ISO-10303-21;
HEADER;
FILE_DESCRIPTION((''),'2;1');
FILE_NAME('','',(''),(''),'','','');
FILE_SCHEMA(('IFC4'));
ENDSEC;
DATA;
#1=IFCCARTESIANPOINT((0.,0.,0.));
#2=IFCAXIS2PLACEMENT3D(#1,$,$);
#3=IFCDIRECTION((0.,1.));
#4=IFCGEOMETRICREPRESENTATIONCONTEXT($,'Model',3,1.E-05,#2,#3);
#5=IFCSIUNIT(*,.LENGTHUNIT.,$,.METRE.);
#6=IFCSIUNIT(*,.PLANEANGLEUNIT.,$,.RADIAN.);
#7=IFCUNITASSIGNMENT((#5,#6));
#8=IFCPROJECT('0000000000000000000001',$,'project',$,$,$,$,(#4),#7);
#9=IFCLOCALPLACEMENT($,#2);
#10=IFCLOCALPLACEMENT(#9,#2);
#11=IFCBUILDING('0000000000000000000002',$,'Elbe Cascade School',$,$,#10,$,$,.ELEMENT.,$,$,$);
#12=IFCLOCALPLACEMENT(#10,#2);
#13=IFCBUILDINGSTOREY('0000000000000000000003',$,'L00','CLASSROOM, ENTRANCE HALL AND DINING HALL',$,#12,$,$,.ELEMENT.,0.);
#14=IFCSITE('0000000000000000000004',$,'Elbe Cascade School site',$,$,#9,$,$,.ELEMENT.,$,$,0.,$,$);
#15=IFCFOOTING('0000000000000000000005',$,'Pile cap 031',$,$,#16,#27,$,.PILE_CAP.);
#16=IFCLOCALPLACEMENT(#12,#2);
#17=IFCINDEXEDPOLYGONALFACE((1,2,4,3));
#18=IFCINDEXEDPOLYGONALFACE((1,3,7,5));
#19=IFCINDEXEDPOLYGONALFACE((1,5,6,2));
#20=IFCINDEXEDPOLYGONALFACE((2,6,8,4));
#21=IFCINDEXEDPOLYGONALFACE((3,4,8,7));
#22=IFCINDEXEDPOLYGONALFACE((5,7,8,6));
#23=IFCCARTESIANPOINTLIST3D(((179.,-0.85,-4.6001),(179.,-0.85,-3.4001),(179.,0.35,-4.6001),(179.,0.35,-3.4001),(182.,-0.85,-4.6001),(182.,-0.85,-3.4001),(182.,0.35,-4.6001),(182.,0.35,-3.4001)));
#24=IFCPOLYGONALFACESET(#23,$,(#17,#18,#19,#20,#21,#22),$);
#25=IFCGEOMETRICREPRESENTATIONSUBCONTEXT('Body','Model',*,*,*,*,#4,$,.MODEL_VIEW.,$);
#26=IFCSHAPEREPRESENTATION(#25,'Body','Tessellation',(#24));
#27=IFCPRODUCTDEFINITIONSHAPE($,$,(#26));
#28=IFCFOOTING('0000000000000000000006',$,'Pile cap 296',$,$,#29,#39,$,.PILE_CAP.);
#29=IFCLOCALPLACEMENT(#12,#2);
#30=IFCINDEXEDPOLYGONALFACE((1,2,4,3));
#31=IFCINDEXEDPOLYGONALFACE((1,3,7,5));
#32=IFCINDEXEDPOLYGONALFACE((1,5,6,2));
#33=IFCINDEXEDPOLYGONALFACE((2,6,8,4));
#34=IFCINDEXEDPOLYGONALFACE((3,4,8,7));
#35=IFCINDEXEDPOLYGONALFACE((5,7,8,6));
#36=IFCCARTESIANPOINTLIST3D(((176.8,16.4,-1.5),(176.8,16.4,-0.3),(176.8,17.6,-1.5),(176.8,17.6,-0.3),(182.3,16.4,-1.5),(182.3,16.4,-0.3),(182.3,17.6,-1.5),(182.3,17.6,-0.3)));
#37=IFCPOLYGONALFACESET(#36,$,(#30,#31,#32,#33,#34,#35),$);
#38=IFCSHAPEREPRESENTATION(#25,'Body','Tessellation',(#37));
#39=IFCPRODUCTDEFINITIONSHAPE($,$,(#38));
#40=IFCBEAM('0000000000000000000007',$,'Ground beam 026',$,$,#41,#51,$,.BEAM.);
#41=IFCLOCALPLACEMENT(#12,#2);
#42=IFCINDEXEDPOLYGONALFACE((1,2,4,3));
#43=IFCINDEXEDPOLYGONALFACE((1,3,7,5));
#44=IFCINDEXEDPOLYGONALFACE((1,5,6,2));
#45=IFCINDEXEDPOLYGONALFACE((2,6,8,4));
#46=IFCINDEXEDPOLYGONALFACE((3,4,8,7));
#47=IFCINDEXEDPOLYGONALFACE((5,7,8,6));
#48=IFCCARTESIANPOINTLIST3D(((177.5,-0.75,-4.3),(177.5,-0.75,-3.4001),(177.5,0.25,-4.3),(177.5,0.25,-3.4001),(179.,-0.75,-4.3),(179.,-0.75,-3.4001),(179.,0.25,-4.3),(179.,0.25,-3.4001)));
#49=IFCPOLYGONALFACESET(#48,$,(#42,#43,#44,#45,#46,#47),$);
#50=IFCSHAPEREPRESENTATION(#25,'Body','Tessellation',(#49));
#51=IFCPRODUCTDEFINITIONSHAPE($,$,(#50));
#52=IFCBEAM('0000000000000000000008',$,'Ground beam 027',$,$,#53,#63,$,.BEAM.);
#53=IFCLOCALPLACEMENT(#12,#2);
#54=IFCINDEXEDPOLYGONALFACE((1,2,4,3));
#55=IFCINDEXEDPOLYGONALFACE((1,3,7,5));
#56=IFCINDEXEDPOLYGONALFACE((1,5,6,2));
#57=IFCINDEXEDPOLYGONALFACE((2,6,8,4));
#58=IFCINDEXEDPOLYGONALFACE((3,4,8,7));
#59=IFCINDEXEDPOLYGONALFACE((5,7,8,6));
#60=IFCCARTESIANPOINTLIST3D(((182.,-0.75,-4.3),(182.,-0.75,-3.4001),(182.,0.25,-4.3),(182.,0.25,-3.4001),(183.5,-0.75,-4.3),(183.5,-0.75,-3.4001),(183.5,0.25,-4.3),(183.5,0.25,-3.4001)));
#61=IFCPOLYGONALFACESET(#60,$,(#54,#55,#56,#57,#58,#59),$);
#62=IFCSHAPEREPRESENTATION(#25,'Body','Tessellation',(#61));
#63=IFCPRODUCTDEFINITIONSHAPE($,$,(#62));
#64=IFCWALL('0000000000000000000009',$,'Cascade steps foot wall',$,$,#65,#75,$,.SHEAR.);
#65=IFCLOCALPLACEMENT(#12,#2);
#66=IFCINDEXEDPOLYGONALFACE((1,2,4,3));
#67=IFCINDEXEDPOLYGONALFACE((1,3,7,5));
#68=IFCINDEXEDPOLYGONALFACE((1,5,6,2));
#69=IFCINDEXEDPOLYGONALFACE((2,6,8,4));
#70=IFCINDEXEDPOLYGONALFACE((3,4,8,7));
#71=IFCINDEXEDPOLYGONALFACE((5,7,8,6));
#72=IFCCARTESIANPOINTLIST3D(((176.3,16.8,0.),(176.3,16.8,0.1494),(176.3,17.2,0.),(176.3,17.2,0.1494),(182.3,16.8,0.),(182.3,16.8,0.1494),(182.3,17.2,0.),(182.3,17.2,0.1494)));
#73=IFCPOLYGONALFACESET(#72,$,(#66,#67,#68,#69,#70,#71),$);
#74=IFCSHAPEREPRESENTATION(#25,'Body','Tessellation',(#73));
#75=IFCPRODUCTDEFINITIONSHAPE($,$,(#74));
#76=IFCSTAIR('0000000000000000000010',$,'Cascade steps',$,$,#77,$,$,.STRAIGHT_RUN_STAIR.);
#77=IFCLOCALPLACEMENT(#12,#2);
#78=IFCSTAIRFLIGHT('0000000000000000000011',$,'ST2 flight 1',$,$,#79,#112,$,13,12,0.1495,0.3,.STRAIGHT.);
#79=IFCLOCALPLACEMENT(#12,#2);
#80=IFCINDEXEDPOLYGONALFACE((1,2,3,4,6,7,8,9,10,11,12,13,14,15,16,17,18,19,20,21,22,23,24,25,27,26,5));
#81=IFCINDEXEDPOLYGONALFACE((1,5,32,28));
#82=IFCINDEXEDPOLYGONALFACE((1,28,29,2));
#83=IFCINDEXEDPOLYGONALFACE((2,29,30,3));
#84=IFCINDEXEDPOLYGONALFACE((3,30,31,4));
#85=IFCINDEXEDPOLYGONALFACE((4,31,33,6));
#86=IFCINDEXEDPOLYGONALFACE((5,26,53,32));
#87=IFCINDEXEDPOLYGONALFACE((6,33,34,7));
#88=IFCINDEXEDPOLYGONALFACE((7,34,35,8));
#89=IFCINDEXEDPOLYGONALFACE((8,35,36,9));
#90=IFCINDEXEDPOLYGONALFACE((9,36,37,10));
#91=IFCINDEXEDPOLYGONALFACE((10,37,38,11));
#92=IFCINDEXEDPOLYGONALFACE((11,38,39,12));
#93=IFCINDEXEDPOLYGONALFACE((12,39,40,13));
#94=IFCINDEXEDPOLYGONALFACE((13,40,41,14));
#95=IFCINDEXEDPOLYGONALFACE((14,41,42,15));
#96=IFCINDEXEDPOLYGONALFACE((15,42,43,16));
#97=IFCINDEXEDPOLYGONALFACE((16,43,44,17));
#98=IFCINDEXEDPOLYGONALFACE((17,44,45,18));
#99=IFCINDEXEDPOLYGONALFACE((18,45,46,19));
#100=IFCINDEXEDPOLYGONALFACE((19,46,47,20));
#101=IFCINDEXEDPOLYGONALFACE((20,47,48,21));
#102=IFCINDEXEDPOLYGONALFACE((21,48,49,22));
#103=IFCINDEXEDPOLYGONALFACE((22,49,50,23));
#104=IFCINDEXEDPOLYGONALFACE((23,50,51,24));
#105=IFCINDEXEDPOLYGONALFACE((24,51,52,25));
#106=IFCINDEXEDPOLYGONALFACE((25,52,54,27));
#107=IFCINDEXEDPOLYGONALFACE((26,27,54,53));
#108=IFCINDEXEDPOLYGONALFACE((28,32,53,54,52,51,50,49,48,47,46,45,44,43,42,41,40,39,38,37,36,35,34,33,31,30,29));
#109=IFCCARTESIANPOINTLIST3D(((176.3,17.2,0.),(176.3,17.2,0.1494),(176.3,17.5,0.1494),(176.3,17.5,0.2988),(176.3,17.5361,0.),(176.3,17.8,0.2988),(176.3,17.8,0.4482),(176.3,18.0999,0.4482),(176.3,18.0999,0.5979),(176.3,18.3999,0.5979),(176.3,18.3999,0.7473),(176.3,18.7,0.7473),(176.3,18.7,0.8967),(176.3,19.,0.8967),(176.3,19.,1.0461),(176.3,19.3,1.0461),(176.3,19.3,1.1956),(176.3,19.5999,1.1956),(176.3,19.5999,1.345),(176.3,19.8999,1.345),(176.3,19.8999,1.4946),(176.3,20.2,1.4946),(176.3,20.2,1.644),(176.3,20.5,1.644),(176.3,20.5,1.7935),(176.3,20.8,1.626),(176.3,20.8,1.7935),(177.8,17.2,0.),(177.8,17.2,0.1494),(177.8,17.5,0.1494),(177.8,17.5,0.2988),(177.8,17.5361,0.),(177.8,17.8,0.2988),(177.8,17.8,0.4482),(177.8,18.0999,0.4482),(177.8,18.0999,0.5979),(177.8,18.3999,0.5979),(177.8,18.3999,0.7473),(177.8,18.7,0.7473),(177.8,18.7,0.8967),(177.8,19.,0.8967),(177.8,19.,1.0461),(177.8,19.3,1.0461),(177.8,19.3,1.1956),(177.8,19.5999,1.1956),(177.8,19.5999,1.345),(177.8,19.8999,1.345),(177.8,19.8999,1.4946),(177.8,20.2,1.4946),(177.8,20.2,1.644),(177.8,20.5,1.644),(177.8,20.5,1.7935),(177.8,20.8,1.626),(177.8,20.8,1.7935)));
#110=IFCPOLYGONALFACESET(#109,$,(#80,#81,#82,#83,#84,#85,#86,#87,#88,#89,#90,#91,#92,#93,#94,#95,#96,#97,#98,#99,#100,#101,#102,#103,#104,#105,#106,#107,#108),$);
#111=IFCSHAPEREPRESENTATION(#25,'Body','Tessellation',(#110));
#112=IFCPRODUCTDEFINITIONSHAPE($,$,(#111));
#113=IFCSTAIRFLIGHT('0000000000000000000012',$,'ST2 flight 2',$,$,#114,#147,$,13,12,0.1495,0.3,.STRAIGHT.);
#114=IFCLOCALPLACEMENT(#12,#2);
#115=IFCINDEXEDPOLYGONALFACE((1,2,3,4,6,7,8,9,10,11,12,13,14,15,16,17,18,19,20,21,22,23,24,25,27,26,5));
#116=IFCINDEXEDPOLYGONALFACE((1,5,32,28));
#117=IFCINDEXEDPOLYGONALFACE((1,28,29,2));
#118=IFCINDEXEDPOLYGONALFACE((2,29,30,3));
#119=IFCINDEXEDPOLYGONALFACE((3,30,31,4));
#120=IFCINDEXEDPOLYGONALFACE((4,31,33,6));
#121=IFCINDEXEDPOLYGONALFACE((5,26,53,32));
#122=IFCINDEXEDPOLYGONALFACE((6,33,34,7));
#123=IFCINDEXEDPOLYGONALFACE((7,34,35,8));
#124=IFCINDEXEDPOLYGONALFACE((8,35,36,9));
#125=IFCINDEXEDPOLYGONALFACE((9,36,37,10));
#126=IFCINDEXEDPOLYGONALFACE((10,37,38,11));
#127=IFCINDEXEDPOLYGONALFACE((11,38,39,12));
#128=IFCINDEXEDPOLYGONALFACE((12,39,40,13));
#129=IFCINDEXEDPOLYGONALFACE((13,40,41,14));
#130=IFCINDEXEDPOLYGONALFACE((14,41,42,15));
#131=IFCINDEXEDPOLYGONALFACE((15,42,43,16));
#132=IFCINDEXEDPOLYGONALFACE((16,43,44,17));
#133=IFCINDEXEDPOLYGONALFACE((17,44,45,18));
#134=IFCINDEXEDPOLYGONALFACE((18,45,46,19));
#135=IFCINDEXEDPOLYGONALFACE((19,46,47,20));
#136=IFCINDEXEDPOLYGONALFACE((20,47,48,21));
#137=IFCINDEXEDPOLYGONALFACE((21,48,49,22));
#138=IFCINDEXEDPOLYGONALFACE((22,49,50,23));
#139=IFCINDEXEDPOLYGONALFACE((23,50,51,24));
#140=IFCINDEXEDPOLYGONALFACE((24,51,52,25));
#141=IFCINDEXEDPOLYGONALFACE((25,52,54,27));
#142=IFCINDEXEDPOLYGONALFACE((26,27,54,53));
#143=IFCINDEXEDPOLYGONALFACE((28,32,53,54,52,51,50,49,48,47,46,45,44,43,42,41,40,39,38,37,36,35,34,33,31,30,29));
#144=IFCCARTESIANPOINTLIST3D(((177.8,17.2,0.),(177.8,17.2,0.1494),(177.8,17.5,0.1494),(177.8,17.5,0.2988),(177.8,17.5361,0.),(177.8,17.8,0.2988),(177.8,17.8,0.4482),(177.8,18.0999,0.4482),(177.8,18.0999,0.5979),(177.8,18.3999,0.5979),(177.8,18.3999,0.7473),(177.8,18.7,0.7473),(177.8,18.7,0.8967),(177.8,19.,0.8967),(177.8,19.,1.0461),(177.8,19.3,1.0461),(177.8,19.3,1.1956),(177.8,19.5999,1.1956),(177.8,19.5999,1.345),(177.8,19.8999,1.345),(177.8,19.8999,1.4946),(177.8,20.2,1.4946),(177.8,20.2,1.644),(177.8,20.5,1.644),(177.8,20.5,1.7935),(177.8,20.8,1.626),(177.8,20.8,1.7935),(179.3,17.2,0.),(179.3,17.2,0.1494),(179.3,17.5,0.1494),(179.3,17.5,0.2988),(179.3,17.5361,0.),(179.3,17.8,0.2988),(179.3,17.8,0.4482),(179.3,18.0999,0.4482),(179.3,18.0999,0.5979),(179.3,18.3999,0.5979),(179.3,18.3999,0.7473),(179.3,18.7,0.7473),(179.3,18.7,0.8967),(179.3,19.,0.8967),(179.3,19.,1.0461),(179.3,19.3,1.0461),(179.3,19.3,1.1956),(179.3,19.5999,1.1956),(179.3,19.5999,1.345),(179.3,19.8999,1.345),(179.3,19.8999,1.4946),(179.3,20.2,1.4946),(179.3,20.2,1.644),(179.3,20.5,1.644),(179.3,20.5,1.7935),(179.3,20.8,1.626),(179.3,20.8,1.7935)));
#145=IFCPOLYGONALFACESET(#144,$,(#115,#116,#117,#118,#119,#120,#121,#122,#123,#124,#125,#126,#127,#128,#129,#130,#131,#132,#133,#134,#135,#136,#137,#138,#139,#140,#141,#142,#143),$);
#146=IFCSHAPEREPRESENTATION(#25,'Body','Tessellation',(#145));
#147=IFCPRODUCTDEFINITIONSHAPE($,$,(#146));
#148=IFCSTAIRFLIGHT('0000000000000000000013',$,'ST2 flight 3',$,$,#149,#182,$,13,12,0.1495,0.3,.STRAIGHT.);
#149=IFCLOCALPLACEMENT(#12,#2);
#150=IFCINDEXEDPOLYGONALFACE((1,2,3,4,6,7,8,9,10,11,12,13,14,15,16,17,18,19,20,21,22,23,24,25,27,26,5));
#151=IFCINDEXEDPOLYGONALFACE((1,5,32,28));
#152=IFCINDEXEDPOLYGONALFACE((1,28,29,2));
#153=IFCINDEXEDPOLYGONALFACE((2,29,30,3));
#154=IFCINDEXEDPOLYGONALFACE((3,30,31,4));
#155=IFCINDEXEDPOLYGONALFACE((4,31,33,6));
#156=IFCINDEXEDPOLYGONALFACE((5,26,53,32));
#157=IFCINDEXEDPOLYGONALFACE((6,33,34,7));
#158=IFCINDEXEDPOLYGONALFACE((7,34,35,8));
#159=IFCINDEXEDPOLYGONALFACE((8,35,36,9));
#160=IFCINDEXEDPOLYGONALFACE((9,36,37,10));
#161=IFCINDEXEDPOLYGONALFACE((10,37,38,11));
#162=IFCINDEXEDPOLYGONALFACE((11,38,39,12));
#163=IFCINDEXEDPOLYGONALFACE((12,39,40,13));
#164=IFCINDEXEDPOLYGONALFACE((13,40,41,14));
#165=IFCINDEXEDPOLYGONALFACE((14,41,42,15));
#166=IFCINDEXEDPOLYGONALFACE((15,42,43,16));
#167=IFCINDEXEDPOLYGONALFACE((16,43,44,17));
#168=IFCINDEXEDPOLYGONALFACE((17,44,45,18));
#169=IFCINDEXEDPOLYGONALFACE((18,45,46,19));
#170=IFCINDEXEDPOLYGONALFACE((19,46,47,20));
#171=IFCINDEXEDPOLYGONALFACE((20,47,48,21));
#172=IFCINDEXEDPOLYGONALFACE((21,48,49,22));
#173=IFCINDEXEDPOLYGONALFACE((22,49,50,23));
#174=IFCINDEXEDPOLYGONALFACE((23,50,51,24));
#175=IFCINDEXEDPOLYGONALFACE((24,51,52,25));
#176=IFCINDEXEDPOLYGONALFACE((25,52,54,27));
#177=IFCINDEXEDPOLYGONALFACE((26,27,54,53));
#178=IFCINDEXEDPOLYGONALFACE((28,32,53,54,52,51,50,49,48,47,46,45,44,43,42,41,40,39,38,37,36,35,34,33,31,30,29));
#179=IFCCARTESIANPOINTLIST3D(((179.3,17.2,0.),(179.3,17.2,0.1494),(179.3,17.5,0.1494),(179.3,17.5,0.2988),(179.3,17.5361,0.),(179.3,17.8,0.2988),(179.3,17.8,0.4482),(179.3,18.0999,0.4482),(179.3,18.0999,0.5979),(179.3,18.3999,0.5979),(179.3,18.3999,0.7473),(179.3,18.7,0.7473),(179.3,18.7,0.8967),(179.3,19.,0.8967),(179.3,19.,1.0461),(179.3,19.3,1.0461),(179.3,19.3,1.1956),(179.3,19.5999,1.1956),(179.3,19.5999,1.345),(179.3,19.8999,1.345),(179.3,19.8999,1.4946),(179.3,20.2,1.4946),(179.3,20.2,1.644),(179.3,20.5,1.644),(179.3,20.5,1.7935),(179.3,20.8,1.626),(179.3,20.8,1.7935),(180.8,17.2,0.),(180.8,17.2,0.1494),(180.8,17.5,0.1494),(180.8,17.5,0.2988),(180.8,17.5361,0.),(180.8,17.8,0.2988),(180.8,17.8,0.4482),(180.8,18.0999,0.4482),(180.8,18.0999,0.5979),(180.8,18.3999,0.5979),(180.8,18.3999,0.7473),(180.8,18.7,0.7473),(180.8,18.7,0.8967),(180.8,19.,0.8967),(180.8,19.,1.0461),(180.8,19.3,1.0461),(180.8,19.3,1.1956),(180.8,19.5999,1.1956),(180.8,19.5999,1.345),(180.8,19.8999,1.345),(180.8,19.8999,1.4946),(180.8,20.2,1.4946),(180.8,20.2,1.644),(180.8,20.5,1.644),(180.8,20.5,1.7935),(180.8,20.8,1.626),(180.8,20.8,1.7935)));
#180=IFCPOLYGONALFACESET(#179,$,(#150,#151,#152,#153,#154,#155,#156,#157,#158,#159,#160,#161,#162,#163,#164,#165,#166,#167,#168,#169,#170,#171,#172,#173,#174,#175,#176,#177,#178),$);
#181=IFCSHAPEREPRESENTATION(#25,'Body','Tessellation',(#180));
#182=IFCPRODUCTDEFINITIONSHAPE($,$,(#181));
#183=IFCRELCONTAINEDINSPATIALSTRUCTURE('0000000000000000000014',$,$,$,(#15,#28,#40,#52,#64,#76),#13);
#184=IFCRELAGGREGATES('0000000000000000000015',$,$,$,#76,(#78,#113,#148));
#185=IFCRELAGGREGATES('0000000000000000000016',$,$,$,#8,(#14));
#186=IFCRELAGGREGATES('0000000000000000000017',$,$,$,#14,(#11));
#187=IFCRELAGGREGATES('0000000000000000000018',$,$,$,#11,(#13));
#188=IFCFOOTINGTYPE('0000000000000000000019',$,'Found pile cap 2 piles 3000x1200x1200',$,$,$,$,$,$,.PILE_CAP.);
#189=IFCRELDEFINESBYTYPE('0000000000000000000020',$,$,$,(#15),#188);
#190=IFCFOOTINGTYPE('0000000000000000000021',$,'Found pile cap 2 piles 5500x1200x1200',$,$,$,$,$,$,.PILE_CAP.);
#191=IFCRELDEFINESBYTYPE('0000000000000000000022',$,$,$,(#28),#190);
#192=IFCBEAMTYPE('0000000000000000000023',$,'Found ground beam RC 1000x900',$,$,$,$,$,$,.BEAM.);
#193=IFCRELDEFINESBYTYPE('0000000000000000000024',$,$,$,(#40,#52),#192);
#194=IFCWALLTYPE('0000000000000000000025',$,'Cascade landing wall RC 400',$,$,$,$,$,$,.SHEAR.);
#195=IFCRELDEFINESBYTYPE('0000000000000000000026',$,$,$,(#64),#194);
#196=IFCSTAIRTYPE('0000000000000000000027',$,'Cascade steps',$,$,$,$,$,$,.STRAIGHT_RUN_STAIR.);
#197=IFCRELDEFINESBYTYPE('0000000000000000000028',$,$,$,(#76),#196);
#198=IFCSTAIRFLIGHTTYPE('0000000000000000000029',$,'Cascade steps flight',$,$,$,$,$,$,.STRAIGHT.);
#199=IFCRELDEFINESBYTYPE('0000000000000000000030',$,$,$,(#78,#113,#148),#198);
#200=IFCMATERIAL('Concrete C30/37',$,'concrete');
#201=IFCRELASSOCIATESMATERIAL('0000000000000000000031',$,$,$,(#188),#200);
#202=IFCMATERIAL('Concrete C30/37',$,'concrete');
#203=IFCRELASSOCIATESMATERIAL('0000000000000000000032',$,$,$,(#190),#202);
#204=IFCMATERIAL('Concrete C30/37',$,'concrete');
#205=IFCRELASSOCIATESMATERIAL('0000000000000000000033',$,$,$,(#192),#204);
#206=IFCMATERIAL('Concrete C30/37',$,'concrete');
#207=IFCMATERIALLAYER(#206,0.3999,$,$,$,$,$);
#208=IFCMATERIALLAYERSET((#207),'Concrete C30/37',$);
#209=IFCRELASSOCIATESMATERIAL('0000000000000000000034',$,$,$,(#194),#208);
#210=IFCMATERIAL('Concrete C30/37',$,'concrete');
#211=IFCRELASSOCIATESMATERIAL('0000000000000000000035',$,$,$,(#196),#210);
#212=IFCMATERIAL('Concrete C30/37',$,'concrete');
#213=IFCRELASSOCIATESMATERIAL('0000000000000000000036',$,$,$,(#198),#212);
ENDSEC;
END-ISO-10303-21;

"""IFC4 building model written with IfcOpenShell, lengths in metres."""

from ifc_helpers import new_model, si_unit, direction, frame, frame_2d, origin, origin_2d, place, context, subcontext, project, spatial, polyline, rectangle, outline, extrude, material, layer, layer_set, material_profile, profile_set, type_object, element, aggregate, save


model = new_model("IFC4")

# Units and contexts
model_context = context("Model", 3, precision=1e-05, world=origin(), true_north=direction((0.0, 1.0)))
body_context = subcontext(model_context, "Body", "Model", "MODEL_VIEW")
ifc_project = project(units=[si_unit("LENGTHUNIT", "METRE"), si_unit("PLANEANGLEUNIT", "RADIAN")], contexts=[model_context])

# Site, building, storey
site_placement = place(None, origin())
site = spatial("IfcSite", under=ifc_project, at=site_placement, Name="Elbe Cascade School site", CompositionType="ELEMENT", RefElevation=0.0)
building_placement = place(site_placement, origin())
building = spatial("IfcBuilding", under=site, at=building_placement, Name="Elbe Cascade School", CompositionType="ELEMENT")
storey_placement = place(building_placement, origin())
storey = spatial("IfcBuildingStorey", under=building, at=storey_placement, Name="L00", Description="CLASSROOM, ENTRANCE HALL AND DINING HALL", CompositionType="ELEMENT", Elevation=0.0)

# Footings
ifc_material_1 = material(Name="Concrete C30/37", Category="concrete")
footing_type_1 = type_object("IfcFootingType", Name="Found pile cap 2 piles 3000x1200x1200", PredefinedType="PILE_CAP", material=ifc_material_1)
for number, where, z_axis, x_axis, name in (
    (1, (180.5, -0.25, -4.6001), (0.0, 0.0, 1.0), (1.0, 0.0, 0.0), "Pile cap 031"),
):
    element("IfcFooting", number, at=place(storey_placement, frame(where, z_axis=z_axis, x_axis=x_axis)), inside=storey, type_object=footing_type_1, Name=name, PredefinedType="PILE_CAP", context=body_context, shape_type="SweptSolid", body=[
        extrude(rectangle(XDim=3.0, YDim=1.2, at=origin_2d()), origin(), (0.0, 0.0, 1.0), 1.2),
    ])
ifc_material_2 = material(Name="Concrete C30/37", Category="concrete")
footing_type_2 = type_object("IfcFootingType", Name="Found pile cap 2 piles 5500x1200x1200", PredefinedType="PILE_CAP", material=ifc_material_2)
footing_placement = place(storey_placement, frame((179.55, 17.0, -1.5), z_axis=(0.0, 0.0, 1.0), x_axis=(1.0, 0.0, 0.0)))
element("IfcFooting", 2, at=footing_placement, inside=storey, type_object=footing_type_2, Name="Pile cap 296", PredefinedType="PILE_CAP", context=body_context, shape_type="SweptSolid", body=[
    extrude(rectangle(XDim=5.5, YDim=1.2, at=origin_2d()), origin(), (0.0, 0.0, 1.0), 1.2),
])

# Beams
ifc_material_3 = material(Name="Concrete C30/37", Category="concrete")
ifc_material_profile_1 = material_profile(ifc_material_3, rectangle(XDim=1.0, YDim=0.8999, at=origin_2d()), Name="RC 1000x900")
ifc_profile_set_1 = profile_set([ifc_material_profile_1], Name="Concrete C30/37")
beam_type = type_object("IfcBeamType", Name="Found ground beam RC 1000x900", PredefinedType="BEAM", material=ifc_profile_set_1)
for number, where, z_axis, x_axis, name in (
    (3, (177.5, -0.25, -3.8501), (1.0, 0.0, 0.0), (0.0, 1.0, 0.0), "Ground beam 026"),
    (4, (182.0, -0.25, -3.8501), (1.0, 0.0, 0.0), (0.0, 1.0, 0.0), "Ground beam 027"),
):
    element("IfcBeam", number, at=place(storey_placement, frame(where, z_axis=z_axis, x_axis=x_axis)), inside=storey, type_object=beam_type, Name=name, PredefinedType="BEAM", context=body_context, shape_type="SweptSolid", body=[
        extrude(rectangle(XDim=1.0, YDim=0.8999, at=origin_2d()), origin(), (0.0, 0.0, 1.0), 1.5),
    ])

# Wall
ifc_material_4 = material(Name="Concrete C30/37", Category="concrete")
ifc_layer_1 = layer(ifc_material_4, 0.3999)
ifc_layer_set_1 = layer_set([ifc_layer_1], Name="Concrete C30/37")
wall_type = type_object("IfcWallType", Name="Cascade landing wall RC 400", PredefinedType="SHEAR", material=ifc_layer_set_1)
wall_placement = place(storey_placement, frame((176.3, 17.0, 0.0), z_axis=(0.0, 0.0, 1.0), x_axis=(1.0, 0.0, 0.0)))
element("IfcWall", 5, at=wall_placement, inside=storey, type_object=wall_type, Name="Cascade steps foot wall", PredefinedType="SHEAR", context=body_context, shape_type="SweptSolid", body=[
    extrude(rectangle(XDim=6.0, YDim=0.3999, at=frame_2d((3.0, 0.0))), origin(), (0.0, 0.0, 1.0), 0.1494),
])

# Stair, stair flights
ifc_material_5 = material(Name="Concrete C30/37", Category="concrete")
stair_type = type_object("IfcStairType", Name="Cascade steps", PredefinedType="STRAIGHT_RUN_STAIR", material=ifc_material_5)
stair_placement = place(storey_placement, origin())
stair = element("IfcStair", 6, at=stair_placement, inside=storey, type_object=stair_type, Name="Cascade steps", PredefinedType="STRAIGHT_RUN_STAIR")
ifc_material_6 = material(Name="Concrete C30/37", Category="concrete")
stair_flight_type = type_object("IfcStairFlightType", Name="Cascade steps flight", PredefinedType="STRAIGHT", material=ifc_material_6)
stair_flight_1_placement = place(storey_placement, frame((177.05, 17.2, 0.0), z_axis=(0.0, 0.0, 1.0), x_axis=(0.0, 1.0, 0.0)))
stair_flight_1 = element("IfcStairFlight", 7, at=stair_flight_1_placement, type_object=stair_flight_type, Name="ST2 flight 1", NumberOfRisers=13, NumberOfTreads=12, PredefinedType="STRAIGHT", RiserHeight=0.1495, TreadLength=0.3, context=body_context, shape_type="SweptSolid", body=[
    extrude(outline(polyline([(0.0, 0.0), (0.0, 0.1494), (0.3, 0.1494), (0.3, 0.2988), (0.6001, 0.2988), (0.6001, 0.4482), (0.8999, 0.4482), (0.8999, 0.5979), (1.2, 0.5979), (1.2, 0.7473), (1.5, 0.7473), (1.5, 0.8967), (1.8, 0.8967), (1.8, 1.0461), (2.1001, 1.0461), (2.1001, 1.1956), (2.3999, 1.1956), (2.3999, 1.345), (2.7, 1.345), (2.7, 1.4946), (3.0, 1.4946), (3.0, 1.644), (3.3, 1.644), (3.3, 1.7935), (3.6001, 1.7935), (3.6001, 1.9429), (3.6001, 1.626), (0.3362, 0.0), (0.0, 0.0)])), frame((0.0, 0.75, 0.0), z_axis=(0.0, -1.0, 0.0), x_axis=(1.0, 0.0, 0.0)), (0.0, 0.0, 1.0), 1.5),
])
stair_flight_2_placement = place(storey_placement, frame((178.55, 17.2, 0.0), z_axis=(0.0, 0.0, 1.0), x_axis=(0.0, 1.0, 0.0)))
stair_flight_2 = element("IfcStairFlight", 8, at=stair_flight_2_placement, type_object=stair_flight_type, Name="ST2 flight 2", NumberOfRisers=13, NumberOfTreads=12, PredefinedType="STRAIGHT", RiserHeight=0.1495, TreadLength=0.3, context=body_context, shape_type="SweptSolid", body=[
    extrude(outline(polyline([(0.0, 0.0), (0.0, 0.1494), (0.3, 0.1494), (0.3, 0.2988), (0.6001, 0.2988), (0.6001, 0.4482), (0.8999, 0.4482), (0.8999, 0.5979), (1.2, 0.5979), (1.2, 0.7473), (1.5, 0.7473), (1.5, 0.8967), (1.8, 0.8967), (1.8, 1.0461), (2.1001, 1.0461), (2.1001, 1.1956), (2.3999, 1.1956), (2.3999, 1.345), (2.7, 1.345), (2.7, 1.4946), (3.0, 1.4946), (3.0, 1.644), (3.3, 1.644), (3.3, 1.7935), (3.6001, 1.7935), (3.6001, 1.9429), (3.6001, 1.626), (0.3362, 0.0), (0.0, 0.0)])), frame((0.0, 0.75, 0.0), z_axis=(0.0, -1.0, 0.0), x_axis=(1.0, 0.0, 0.0)), (0.0, 0.0, 1.0), 1.5),
])
stair_flight_3_placement = place(storey_placement, frame((180.05, 17.2, 0.0), z_axis=(0.0, 0.0, 1.0), x_axis=(0.0, 1.0, 0.0)))
stair_flight_3 = element("IfcStairFlight", 9, at=stair_flight_3_placement, type_object=stair_flight_type, Name="ST2 flight 3", NumberOfRisers=13, NumberOfTreads=12, PredefinedType="STRAIGHT", RiserHeight=0.1495, TreadLength=0.3, context=body_context, shape_type="SweptSolid", body=[
    extrude(outline(polyline([(0.0, 0.0), (0.0, 0.1494), (0.3, 0.1494), (0.3, 0.2988), (0.6001, 0.2988), (0.6001, 0.4482), (0.8999, 0.4482), (0.8999, 0.5979), (1.2, 0.5979), (1.2, 0.7473), (1.5, 0.7473), (1.5, 0.8967), (1.8, 0.8967), (1.8, 1.0461), (2.1001, 1.0461), (2.1001, 1.1956), (2.3999, 1.1956), (2.3999, 1.345), (2.7, 1.345), (2.7, 1.4946), (3.0, 1.4946), (3.0, 1.644), (3.3, 1.644), (3.3, 1.7935), (3.6001, 1.7935), (3.6001, 1.9429), (3.6001, 1.626), (0.3362, 0.0), (0.0, 0.0)])), frame((0.0, 0.75, 0.0), z_axis=(0.0, -1.0, 0.0), x_axis=(1.0, 0.0, 0.0)), (0.0, 0.0, 1.0), 1.5),
])
aggregate(stair, [stair_flight_1, stair_flight_2, stair_flight_3])

save(model, "model.ifc")
